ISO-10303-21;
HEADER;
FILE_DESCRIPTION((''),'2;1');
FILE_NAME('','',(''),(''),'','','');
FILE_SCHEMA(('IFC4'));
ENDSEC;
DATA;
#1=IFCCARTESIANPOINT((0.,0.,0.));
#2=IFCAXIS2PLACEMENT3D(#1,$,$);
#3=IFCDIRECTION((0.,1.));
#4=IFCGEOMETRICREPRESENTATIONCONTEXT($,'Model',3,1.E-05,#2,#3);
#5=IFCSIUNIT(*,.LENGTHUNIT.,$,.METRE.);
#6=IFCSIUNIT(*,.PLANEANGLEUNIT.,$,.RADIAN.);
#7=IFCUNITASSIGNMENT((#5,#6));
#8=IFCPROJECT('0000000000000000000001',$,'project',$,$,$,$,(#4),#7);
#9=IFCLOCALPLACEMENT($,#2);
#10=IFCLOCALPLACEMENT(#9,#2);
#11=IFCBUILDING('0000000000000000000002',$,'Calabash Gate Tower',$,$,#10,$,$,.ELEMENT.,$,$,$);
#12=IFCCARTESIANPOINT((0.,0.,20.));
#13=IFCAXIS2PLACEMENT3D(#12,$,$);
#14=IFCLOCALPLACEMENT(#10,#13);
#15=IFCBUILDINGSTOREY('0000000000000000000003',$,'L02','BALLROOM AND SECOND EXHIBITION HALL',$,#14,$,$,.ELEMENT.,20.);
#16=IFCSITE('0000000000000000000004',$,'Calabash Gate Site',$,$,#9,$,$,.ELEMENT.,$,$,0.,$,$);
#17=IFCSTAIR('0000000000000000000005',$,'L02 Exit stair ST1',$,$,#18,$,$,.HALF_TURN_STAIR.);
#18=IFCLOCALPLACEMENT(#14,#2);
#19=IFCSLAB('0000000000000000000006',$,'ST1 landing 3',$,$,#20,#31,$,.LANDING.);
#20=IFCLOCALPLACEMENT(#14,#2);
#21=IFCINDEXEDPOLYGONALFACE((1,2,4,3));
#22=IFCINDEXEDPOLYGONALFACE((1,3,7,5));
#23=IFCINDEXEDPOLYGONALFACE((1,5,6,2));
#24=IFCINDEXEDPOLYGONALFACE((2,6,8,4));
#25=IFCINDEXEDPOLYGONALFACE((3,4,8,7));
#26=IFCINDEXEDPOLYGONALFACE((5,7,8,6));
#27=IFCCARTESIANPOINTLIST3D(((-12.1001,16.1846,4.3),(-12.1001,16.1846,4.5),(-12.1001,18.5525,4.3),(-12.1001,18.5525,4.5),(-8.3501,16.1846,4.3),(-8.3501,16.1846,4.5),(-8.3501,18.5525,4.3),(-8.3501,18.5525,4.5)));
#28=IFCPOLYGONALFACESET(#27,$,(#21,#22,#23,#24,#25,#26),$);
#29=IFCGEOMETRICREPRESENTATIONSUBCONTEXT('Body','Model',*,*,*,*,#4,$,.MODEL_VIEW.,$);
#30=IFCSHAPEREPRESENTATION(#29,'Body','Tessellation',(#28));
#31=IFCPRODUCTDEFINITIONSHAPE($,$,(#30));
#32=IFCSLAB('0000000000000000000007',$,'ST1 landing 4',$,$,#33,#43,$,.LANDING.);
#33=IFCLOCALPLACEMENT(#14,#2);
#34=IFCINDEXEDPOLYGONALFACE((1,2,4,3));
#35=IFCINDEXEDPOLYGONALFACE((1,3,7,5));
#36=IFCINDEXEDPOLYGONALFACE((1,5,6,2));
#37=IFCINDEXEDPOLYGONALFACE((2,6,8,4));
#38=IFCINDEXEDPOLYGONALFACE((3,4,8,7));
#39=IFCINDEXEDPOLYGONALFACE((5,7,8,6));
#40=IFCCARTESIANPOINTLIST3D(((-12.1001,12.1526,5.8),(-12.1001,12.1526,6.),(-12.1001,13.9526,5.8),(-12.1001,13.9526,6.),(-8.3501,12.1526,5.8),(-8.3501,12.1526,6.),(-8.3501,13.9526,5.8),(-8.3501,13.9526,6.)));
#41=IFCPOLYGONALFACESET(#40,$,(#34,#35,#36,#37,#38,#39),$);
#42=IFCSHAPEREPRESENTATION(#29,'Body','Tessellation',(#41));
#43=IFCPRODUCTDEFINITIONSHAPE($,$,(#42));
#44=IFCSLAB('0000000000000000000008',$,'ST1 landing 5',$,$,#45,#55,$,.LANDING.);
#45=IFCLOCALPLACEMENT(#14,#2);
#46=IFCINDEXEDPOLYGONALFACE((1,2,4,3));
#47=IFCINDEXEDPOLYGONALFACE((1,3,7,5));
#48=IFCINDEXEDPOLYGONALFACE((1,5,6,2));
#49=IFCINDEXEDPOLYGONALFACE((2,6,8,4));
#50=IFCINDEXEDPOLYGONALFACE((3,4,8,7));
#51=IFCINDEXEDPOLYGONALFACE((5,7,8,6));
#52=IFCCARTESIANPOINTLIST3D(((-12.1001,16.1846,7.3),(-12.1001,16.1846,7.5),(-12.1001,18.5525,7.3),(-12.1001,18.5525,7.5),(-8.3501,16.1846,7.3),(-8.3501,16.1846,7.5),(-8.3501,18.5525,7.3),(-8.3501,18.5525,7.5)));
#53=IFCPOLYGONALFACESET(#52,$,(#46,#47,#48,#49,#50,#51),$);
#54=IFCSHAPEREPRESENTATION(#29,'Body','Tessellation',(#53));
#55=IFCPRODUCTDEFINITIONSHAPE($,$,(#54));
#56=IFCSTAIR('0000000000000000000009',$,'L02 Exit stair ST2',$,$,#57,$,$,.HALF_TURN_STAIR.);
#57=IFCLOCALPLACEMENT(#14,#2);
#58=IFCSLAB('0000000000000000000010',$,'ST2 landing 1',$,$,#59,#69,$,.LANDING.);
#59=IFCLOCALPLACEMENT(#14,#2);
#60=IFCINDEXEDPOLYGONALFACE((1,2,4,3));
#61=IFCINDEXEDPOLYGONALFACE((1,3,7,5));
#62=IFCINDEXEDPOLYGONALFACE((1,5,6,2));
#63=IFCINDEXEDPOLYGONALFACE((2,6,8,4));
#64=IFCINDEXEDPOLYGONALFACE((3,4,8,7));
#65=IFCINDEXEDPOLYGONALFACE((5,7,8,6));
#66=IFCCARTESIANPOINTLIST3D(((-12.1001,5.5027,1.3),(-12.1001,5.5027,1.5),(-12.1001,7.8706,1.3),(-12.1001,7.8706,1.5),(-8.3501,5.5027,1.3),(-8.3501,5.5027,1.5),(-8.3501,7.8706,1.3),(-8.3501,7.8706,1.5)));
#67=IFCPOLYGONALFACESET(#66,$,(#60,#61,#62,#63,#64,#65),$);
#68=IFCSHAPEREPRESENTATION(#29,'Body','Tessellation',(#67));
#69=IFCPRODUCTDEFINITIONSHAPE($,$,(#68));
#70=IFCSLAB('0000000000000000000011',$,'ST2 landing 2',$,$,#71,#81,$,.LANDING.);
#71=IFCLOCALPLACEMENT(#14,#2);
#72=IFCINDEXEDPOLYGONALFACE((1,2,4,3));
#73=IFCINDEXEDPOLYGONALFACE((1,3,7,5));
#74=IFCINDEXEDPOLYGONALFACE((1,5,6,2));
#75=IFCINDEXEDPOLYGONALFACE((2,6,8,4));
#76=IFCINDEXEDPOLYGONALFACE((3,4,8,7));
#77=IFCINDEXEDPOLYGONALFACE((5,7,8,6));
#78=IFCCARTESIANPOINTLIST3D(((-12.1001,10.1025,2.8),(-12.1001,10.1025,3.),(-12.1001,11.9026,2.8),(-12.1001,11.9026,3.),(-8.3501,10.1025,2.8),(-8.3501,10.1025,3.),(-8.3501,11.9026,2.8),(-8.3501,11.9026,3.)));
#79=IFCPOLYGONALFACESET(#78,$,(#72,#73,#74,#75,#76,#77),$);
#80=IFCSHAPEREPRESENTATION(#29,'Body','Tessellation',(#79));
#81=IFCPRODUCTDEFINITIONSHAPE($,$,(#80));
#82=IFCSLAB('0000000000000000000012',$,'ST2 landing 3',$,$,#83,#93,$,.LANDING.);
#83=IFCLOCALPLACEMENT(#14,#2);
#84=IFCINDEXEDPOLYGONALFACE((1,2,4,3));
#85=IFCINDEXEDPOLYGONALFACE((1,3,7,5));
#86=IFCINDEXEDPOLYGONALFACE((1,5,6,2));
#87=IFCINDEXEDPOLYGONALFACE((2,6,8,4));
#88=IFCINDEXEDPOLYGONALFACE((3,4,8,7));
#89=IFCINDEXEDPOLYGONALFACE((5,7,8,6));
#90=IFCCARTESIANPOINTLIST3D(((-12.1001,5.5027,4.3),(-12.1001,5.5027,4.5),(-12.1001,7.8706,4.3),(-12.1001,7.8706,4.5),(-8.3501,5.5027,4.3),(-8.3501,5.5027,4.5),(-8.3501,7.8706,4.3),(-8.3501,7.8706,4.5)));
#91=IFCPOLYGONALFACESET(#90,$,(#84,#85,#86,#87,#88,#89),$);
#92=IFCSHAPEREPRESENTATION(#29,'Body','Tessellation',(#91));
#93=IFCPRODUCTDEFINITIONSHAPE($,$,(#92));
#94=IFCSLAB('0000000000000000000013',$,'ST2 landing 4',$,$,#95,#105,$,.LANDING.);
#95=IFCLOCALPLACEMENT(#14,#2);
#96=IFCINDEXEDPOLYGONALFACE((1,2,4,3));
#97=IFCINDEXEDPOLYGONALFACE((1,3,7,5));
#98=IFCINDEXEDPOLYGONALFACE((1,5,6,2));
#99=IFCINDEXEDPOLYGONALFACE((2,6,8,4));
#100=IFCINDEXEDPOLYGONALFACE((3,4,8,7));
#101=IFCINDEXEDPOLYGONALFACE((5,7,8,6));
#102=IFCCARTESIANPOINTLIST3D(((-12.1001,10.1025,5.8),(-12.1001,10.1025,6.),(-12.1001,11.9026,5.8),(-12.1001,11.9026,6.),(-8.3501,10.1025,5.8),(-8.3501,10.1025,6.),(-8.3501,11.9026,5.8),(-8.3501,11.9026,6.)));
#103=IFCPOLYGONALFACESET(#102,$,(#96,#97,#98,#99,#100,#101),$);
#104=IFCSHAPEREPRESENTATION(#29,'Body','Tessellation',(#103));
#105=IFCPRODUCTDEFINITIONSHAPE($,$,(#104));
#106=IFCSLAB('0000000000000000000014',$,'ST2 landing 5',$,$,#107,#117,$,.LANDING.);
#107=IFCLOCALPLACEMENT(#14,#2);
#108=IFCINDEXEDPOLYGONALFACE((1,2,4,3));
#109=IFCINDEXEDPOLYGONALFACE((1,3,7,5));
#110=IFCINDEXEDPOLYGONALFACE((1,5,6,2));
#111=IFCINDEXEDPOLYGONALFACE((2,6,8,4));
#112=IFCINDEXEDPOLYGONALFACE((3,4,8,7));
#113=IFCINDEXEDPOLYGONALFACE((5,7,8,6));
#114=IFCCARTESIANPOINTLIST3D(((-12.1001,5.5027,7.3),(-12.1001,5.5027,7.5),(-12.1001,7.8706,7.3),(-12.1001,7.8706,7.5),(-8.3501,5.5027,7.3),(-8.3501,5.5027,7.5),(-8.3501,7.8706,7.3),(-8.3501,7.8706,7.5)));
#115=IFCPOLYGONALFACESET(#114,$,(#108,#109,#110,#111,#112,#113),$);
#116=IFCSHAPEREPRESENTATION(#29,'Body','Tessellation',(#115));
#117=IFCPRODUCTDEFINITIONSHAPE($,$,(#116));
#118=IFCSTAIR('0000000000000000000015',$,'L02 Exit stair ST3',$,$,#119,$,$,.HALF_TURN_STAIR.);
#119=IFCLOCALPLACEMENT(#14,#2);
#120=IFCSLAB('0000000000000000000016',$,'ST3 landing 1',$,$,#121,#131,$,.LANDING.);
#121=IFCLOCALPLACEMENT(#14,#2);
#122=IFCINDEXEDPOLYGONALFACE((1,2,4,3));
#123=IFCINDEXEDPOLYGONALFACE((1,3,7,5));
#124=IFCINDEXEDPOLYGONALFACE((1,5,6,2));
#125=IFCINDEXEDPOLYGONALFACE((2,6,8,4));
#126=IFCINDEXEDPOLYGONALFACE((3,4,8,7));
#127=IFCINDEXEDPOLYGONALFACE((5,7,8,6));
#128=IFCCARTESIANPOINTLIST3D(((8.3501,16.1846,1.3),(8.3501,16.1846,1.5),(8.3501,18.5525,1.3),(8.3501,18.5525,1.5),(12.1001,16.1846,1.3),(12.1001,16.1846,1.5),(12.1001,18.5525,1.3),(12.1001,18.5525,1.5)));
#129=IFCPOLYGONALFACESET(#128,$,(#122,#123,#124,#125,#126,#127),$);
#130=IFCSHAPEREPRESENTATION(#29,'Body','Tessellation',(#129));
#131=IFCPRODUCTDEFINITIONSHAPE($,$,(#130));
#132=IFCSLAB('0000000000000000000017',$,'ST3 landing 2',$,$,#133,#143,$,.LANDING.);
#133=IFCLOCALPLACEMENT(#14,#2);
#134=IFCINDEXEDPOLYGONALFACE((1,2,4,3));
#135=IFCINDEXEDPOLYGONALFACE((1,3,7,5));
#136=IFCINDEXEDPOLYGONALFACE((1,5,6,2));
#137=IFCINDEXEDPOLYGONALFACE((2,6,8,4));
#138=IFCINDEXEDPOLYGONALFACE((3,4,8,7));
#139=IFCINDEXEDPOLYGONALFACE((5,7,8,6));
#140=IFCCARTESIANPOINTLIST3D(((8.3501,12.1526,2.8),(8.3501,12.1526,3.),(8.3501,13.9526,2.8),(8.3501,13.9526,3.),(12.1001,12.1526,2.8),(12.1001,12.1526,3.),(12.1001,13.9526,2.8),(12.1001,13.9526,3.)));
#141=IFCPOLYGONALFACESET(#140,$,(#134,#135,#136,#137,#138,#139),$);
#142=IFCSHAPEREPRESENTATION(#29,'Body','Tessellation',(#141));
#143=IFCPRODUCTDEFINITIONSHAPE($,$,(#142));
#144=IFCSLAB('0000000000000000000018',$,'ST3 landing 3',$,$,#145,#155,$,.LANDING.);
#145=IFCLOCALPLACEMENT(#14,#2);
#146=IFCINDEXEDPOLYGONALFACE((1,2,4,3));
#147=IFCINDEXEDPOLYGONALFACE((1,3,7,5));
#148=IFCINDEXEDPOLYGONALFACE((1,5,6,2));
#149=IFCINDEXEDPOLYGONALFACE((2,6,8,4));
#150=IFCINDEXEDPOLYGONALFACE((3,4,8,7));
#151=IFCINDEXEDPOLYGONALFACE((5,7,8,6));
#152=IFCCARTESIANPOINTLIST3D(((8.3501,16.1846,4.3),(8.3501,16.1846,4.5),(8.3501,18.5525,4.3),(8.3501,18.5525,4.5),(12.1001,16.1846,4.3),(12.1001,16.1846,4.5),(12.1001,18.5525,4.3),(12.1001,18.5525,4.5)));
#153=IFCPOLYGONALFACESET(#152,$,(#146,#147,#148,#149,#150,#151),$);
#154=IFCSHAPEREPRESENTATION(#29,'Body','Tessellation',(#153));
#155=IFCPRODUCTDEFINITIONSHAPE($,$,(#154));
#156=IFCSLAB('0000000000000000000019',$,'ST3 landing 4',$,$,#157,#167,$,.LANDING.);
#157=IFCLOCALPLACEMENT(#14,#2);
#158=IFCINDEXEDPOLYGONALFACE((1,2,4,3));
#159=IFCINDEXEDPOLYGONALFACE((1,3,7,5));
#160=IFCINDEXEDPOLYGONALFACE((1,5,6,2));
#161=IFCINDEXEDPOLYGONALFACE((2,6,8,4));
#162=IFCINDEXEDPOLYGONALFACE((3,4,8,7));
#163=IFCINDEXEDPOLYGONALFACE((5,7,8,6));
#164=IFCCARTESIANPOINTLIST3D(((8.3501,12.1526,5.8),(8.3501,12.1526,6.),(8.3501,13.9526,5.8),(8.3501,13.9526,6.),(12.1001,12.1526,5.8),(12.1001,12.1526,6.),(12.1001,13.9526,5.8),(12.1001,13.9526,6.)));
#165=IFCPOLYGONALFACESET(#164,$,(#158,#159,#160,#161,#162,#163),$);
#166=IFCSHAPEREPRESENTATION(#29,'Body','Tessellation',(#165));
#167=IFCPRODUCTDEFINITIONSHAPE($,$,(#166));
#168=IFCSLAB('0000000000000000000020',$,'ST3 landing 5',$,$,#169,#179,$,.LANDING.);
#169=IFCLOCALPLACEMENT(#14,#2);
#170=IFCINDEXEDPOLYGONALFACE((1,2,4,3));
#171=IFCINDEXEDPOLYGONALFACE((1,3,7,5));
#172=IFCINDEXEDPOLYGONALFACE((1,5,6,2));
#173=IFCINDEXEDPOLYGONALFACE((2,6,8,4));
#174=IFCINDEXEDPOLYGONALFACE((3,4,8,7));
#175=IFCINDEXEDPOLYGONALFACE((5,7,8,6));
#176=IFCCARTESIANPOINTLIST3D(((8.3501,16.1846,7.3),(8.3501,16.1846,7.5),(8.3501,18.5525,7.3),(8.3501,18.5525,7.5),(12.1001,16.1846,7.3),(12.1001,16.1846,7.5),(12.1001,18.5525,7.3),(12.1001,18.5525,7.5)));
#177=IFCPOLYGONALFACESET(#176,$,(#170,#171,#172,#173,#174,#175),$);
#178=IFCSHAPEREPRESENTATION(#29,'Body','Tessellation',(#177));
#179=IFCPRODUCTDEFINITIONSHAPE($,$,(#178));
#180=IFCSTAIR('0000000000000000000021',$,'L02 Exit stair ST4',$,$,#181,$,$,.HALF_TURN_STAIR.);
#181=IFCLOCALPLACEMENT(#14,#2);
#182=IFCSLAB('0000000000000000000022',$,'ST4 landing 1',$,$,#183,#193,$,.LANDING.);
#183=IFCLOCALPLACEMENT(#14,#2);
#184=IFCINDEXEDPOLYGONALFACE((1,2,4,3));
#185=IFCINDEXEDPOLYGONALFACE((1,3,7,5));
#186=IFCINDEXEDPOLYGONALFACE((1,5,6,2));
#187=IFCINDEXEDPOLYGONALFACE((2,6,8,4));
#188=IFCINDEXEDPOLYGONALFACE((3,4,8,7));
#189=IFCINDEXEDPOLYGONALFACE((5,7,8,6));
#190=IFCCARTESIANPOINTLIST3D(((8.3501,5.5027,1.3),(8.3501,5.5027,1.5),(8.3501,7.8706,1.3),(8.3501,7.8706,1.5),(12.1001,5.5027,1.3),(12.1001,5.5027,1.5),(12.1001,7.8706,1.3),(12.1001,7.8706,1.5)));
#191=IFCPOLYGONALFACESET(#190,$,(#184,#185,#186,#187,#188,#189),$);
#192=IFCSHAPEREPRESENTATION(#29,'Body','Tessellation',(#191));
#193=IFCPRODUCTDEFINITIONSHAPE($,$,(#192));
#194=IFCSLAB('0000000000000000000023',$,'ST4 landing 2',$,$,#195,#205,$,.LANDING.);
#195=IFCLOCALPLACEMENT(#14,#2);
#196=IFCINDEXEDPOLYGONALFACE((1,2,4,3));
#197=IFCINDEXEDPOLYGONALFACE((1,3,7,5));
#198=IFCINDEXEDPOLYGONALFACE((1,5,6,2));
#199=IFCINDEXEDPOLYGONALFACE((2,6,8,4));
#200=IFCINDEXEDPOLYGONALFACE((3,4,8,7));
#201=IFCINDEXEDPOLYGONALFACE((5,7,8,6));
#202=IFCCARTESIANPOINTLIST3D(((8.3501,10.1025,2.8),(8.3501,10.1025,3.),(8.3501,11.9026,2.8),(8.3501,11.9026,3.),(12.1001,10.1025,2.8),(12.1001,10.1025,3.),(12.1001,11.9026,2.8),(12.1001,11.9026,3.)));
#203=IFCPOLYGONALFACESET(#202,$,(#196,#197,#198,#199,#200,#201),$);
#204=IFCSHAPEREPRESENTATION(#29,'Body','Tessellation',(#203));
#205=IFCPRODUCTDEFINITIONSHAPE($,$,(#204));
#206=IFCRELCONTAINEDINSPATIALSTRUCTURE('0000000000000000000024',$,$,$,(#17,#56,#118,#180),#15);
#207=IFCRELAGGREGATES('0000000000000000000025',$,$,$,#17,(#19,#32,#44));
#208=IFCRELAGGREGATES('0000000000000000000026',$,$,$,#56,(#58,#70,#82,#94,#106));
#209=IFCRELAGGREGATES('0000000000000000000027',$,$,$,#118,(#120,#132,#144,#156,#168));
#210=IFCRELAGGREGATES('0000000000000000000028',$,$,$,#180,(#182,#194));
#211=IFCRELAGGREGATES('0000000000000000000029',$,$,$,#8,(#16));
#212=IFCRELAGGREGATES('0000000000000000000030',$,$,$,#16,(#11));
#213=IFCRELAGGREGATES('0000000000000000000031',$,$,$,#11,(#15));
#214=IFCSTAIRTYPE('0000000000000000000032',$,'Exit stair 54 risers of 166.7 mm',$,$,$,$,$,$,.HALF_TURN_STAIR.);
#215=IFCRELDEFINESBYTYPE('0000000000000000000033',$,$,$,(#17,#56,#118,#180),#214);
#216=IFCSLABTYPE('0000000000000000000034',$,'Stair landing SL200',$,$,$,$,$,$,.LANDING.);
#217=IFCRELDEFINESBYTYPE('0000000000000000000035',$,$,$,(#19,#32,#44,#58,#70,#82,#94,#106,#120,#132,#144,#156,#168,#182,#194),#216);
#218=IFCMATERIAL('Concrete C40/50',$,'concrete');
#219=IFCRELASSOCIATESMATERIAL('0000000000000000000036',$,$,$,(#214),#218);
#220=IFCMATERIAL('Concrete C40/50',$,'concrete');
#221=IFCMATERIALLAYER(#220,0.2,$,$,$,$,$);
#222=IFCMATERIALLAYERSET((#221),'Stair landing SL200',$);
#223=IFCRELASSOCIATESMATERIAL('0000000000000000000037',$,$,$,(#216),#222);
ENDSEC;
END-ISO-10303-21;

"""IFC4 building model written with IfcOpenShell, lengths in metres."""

from ifc_helpers import new_model, si_unit, direction, frame, origin, place, context, subcontext, project, spatial, polyline, outline, extrude, material, layer, layer_set, type_object, element, aggregate, save


model = new_model("IFC4")

# Units and contexts
model_context = context("Model", 3, precision=1e-05, world=origin(), true_north=direction((0.0, 1.0)))
body_context = subcontext(model_context, "Body", "Model", "MODEL_VIEW")
ifc_project = project(units=[si_unit("LENGTHUNIT", "METRE"), si_unit("PLANEANGLEUNIT", "RADIAN")], contexts=[model_context])

# Site, building, storey
site_placement = place(None, origin())
site = spatial("IfcSite", under=ifc_project, at=site_placement, Name="Calabash Gate Site", CompositionType="ELEMENT", RefElevation=0.0)
building_placement = place(site_placement, origin())
building = spatial("IfcBuilding", under=site, at=building_placement, Name="Calabash Gate Tower", CompositionType="ELEMENT")
storey_placement = place(building_placement, frame((0.0, 0.0, 20.0)))
storey = spatial("IfcBuildingStorey", under=building, at=storey_placement, Name="L02", Description="BALLROOM AND SECOND EXHIBITION HALL", CompositionType="ELEMENT", Elevation=20.0)

# Stairs, slabs
ifc_material_1 = material(Name="Concrete C40/50", Category="concrete")
stair_type_1 = type_object("IfcStairType", Name="Exit stair 54 risers of 166.7 mm", PredefinedType="HALF_TURN_STAIR", material=ifc_material_1)
stair_1_placement = place(storey_placement, origin())
stair_1 = element("IfcStair", 1, at=stair_1_placement, inside=storey, type_object=stair_type_1, Name="L02 Exit stair ST1", PredefinedType="HALF_TURN_STAIR")
ifc_material_2 = material(Name="Concrete C40/50", Category="concrete")
ifc_layer = layer(ifc_material_2, 0.2)
ifc_layer_set = layer_set([ifc_layer], Name="Stair landing SL200")
slab_type = type_object("IfcSlabType", Name="Stair landing SL200", PredefinedType="LANDING", material=ifc_layer_set)
slab_1_placement = place(storey_placement, frame((0.0, 0.0, 4.3)))
slab_1 = element("IfcSlab", 2, at=slab_1_placement, type_object=slab_type, Name="ST1 landing 3", PredefinedType="LANDING", context=body_context, shape_type="SweptSolid", body=[
    extrude(outline(polyline([(-8.3501, 16.1846), (-8.3501, 18.5525), (-12.1001, 18.5525), (-12.1001, 16.1846), (-8.3501, 16.1846)])), origin(), (0.0, 0.0, 1.0), 0.2),
])
slab_2_placement = place(storey_placement, frame((0.0, 0.0, 5.8)))
slab_2 = element("IfcSlab", 3, at=slab_2_placement, type_object=slab_type, Name="ST1 landing 4", PredefinedType="LANDING", context=body_context, shape_type="SweptSolid", body=[
    extrude(outline(polyline([(-8.3501, 12.1526), (-8.3501, 13.9526), (-12.1001, 13.9526), (-12.1001, 12.1526), (-8.3501, 12.1526)])), origin(), (0.0, 0.0, 1.0), 0.2),
])
slab_3_placement = place(storey_placement, frame((0.0, 0.0, 7.3)))
slab_3 = element("IfcSlab", 4, at=slab_3_placement, type_object=slab_type, Name="ST1 landing 5", PredefinedType="LANDING", context=body_context, shape_type="SweptSolid", body=[
    extrude(outline(polyline([(-8.3501, 16.1846), (-8.3501, 18.5525), (-12.1001, 18.5525), (-12.1001, 16.1846), (-8.3501, 16.1846)])), origin(), (0.0, 0.0, 1.0), 0.2),
])
aggregate(stair_1, [slab_1, slab_2, slab_3])
stair_2_placement = place(storey_placement, origin())
stair_2 = element("IfcStair", 5, at=stair_2_placement, inside=storey, type_object=stair_type_1, Name="L02 Exit stair ST2", PredefinedType="HALF_TURN_STAIR")
slab_4_placement = place(storey_placement, frame((0.0, 0.0, 1.3)))
slab_4 = element("IfcSlab", 6, at=slab_4_placement, type_object=slab_type, Name="ST2 landing 1", PredefinedType="LANDING", context=body_context, shape_type="SweptSolid", body=[
    extrude(outline(polyline([(-12.1001, 7.8706), (-12.1001, 5.5027), (-8.3501, 5.5027), (-8.3501, 7.8706), (-12.1001, 7.8706)])), origin(), (0.0, 0.0, 1.0), 0.2),
])
slab_5_placement = place(storey_placement, frame((0.0, 0.0, 2.8)))
slab_5 = element("IfcSlab", 7, at=slab_5_placement, type_object=slab_type, Name="ST2 landing 2", PredefinedType="LANDING", context=body_context, shape_type="SweptSolid", body=[
    extrude(outline(polyline([(-12.1001, 11.9026), (-12.1001, 10.1025), (-8.3501, 10.1025), (-8.3501, 11.9026), (-12.1001, 11.9026)])), origin(), (0.0, 0.0, 1.0), 0.2),
])
slab_6_placement = place(storey_placement, frame((0.0, 0.0, 4.3)))
slab_6 = element("IfcSlab", 8, at=slab_6_placement, type_object=slab_type, Name="ST2 landing 3", PredefinedType="LANDING", context=body_context, shape_type="SweptSolid", body=[
    extrude(outline(polyline([(-12.1001, 7.8706), (-12.1001, 5.5027), (-8.3501, 5.5027), (-8.3501, 7.8706), (-12.1001, 7.8706)])), origin(), (0.0, 0.0, 1.0), 0.2),
])
slab_7_placement = place(storey_placement, frame((0.0, 0.0, 5.8)))
slab_7 = element("IfcSlab", 9, at=slab_7_placement, type_object=slab_type, Name="ST2 landing 4", PredefinedType="LANDING", context=body_context, shape_type="SweptSolid", body=[
    extrude(outline(polyline([(-12.1001, 11.9026), (-12.1001, 10.1025), (-8.3501, 10.1025), (-8.3501, 11.9026), (-12.1001, 11.9026)])), origin(), (0.0, 0.0, 1.0), 0.2),
])
slab_8_placement = place(storey_placement, frame((0.0, 0.0, 7.3)))
slab_8 = element("IfcSlab", 10, at=slab_8_placement, type_object=slab_type, Name="ST2 landing 5", PredefinedType="LANDING", context=body_context, shape_type="SweptSolid", body=[
    extrude(outline(polyline([(-12.1001, 7.8706), (-12.1001, 5.5027), (-8.3501, 5.5027), (-8.3501, 7.8706), (-12.1001, 7.8706)])), origin(), (0.0, 0.0, 1.0), 0.2),
])
aggregate(stair_2, [slab_4, slab_5, slab_6, slab_7, slab_8])
stair_3_placement = place(storey_placement, origin())
stair_3 = element("IfcStair", 11, at=stair_3_placement, inside=storey, type_object=stair_type_1, Name="L02 Exit stair ST3", PredefinedType="HALF_TURN_STAIR")
slab_9_placement = place(storey_placement, frame((0.0, 0.0, 1.3)))
slab_9 = element("IfcSlab", 12, at=slab_9_placement, type_object=slab_type, Name="ST3 landing 1", PredefinedType="LANDING", context=body_context, shape_type="SweptSolid", body=[
    extrude(outline(polyline([(12.1001, 16.1846), (12.1001, 18.5525), (8.3501, 18.5525), (8.3501, 16.1846), (12.1001, 16.1846)])), origin(), (0.0, 0.0, 1.0), 0.2),
])
slab_10_placement = place(storey_placement, frame((0.0, 0.0, 2.8)))
slab_10 = element("IfcSlab", 13, at=slab_10_placement, type_object=slab_type, Name="ST3 landing 2", PredefinedType="LANDING", context=body_context, shape_type="SweptSolid", body=[
    extrude(outline(polyline([(12.1001, 12.1526), (12.1001, 13.9526), (8.3501, 13.9526), (8.3501, 12.1526), (12.1001, 12.1526)])), origin(), (0.0, 0.0, 1.0), 0.2),
])
slab_11_placement = place(storey_placement, frame((0.0, 0.0, 4.3)))
slab_11 = element("IfcSlab", 14, at=slab_11_placement, type_object=slab_type, Name="ST3 landing 3", PredefinedType="LANDING", context=body_context, shape_type="SweptSolid", body=[
    extrude(outline(polyline([(12.1001, 16.1846), (12.1001, 18.5525), (8.3501, 18.5525), (8.3501, 16.1846), (12.1001, 16.1846)])), origin(), (0.0, 0.0, 1.0), 0.2),
])
slab_12_placement = place(storey_placement, frame((0.0, 0.0, 5.8)))
slab_12 = element("IfcSlab", 15, at=slab_12_placement, type_object=slab_type, Name="ST3 landing 4", PredefinedType="LANDING", context=body_context, shape_type="SweptSolid", body=[
    extrude(outline(polyline([(12.1001, 12.1526), (12.1001, 13.9526), (8.3501, 13.9526), (8.3501, 12.1526), (12.1001, 12.1526)])), origin(), (0.0, 0.0, 1.0), 0.2),
])
slab_13_placement = place(storey_placement, frame((0.0, 0.0, 7.3)))
slab_13 = element("IfcSlab", 16, at=slab_13_placement, type_object=slab_type, Name="ST3 landing 5", PredefinedType="LANDING", context=body_context, shape_type="SweptSolid", body=[
    extrude(outline(polyline([(12.1001, 16.1846), (12.1001, 18.5525), (8.3501, 18.5525), (8.3501, 16.1846), (12.1001, 16.1846)])), origin(), (0.0, 0.0, 1.0), 0.2),
])
aggregate(stair_3, [slab_9, slab_10, slab_11, slab_12, slab_13])
stair_4_placement = place(storey_placement, origin())
stair_4 = element("IfcStair", 17, at=stair_4_placement, inside=storey, type_object=stair_type_1, Name="L02 Exit stair ST4", PredefinedType="HALF_TURN_STAIR")
slab_14_placement = place(storey_placement, frame((0.0, 0.0, 1.3)))
slab_14 = element("IfcSlab", 18, at=slab_14_placement, type_object=slab_type, Name="ST4 landing 1", PredefinedType="LANDING", context=body_context, shape_type="SweptSolid", body=[
    extrude(outline(polyline([(8.3501, 7.8706), (8.3501, 5.5027), (12.1001, 5.5027), (12.1001, 7.8706), (8.3501, 7.8706)])), origin(), (0.0, 0.0, 1.0), 0.2),
])
slab_15_placement = place(storey_placement, frame((0.0, 0.0, 2.8)))
slab_15 = element("IfcSlab", 19, at=slab_15_placement, type_object=slab_type, Name="ST4 landing 2", PredefinedType="LANDING", context=body_context, shape_type="SweptSolid", body=[
    extrude(outline(polyline([(8.3501, 11.9026), (8.3501, 10.1025), (12.1001, 10.1025), (12.1001, 11.9026), (8.3501, 11.9026)])), origin(), (0.0, 0.0, 1.0), 0.2),
])
aggregate(stair_4, [slab_14, slab_15])

save(model, "model.ifc")
